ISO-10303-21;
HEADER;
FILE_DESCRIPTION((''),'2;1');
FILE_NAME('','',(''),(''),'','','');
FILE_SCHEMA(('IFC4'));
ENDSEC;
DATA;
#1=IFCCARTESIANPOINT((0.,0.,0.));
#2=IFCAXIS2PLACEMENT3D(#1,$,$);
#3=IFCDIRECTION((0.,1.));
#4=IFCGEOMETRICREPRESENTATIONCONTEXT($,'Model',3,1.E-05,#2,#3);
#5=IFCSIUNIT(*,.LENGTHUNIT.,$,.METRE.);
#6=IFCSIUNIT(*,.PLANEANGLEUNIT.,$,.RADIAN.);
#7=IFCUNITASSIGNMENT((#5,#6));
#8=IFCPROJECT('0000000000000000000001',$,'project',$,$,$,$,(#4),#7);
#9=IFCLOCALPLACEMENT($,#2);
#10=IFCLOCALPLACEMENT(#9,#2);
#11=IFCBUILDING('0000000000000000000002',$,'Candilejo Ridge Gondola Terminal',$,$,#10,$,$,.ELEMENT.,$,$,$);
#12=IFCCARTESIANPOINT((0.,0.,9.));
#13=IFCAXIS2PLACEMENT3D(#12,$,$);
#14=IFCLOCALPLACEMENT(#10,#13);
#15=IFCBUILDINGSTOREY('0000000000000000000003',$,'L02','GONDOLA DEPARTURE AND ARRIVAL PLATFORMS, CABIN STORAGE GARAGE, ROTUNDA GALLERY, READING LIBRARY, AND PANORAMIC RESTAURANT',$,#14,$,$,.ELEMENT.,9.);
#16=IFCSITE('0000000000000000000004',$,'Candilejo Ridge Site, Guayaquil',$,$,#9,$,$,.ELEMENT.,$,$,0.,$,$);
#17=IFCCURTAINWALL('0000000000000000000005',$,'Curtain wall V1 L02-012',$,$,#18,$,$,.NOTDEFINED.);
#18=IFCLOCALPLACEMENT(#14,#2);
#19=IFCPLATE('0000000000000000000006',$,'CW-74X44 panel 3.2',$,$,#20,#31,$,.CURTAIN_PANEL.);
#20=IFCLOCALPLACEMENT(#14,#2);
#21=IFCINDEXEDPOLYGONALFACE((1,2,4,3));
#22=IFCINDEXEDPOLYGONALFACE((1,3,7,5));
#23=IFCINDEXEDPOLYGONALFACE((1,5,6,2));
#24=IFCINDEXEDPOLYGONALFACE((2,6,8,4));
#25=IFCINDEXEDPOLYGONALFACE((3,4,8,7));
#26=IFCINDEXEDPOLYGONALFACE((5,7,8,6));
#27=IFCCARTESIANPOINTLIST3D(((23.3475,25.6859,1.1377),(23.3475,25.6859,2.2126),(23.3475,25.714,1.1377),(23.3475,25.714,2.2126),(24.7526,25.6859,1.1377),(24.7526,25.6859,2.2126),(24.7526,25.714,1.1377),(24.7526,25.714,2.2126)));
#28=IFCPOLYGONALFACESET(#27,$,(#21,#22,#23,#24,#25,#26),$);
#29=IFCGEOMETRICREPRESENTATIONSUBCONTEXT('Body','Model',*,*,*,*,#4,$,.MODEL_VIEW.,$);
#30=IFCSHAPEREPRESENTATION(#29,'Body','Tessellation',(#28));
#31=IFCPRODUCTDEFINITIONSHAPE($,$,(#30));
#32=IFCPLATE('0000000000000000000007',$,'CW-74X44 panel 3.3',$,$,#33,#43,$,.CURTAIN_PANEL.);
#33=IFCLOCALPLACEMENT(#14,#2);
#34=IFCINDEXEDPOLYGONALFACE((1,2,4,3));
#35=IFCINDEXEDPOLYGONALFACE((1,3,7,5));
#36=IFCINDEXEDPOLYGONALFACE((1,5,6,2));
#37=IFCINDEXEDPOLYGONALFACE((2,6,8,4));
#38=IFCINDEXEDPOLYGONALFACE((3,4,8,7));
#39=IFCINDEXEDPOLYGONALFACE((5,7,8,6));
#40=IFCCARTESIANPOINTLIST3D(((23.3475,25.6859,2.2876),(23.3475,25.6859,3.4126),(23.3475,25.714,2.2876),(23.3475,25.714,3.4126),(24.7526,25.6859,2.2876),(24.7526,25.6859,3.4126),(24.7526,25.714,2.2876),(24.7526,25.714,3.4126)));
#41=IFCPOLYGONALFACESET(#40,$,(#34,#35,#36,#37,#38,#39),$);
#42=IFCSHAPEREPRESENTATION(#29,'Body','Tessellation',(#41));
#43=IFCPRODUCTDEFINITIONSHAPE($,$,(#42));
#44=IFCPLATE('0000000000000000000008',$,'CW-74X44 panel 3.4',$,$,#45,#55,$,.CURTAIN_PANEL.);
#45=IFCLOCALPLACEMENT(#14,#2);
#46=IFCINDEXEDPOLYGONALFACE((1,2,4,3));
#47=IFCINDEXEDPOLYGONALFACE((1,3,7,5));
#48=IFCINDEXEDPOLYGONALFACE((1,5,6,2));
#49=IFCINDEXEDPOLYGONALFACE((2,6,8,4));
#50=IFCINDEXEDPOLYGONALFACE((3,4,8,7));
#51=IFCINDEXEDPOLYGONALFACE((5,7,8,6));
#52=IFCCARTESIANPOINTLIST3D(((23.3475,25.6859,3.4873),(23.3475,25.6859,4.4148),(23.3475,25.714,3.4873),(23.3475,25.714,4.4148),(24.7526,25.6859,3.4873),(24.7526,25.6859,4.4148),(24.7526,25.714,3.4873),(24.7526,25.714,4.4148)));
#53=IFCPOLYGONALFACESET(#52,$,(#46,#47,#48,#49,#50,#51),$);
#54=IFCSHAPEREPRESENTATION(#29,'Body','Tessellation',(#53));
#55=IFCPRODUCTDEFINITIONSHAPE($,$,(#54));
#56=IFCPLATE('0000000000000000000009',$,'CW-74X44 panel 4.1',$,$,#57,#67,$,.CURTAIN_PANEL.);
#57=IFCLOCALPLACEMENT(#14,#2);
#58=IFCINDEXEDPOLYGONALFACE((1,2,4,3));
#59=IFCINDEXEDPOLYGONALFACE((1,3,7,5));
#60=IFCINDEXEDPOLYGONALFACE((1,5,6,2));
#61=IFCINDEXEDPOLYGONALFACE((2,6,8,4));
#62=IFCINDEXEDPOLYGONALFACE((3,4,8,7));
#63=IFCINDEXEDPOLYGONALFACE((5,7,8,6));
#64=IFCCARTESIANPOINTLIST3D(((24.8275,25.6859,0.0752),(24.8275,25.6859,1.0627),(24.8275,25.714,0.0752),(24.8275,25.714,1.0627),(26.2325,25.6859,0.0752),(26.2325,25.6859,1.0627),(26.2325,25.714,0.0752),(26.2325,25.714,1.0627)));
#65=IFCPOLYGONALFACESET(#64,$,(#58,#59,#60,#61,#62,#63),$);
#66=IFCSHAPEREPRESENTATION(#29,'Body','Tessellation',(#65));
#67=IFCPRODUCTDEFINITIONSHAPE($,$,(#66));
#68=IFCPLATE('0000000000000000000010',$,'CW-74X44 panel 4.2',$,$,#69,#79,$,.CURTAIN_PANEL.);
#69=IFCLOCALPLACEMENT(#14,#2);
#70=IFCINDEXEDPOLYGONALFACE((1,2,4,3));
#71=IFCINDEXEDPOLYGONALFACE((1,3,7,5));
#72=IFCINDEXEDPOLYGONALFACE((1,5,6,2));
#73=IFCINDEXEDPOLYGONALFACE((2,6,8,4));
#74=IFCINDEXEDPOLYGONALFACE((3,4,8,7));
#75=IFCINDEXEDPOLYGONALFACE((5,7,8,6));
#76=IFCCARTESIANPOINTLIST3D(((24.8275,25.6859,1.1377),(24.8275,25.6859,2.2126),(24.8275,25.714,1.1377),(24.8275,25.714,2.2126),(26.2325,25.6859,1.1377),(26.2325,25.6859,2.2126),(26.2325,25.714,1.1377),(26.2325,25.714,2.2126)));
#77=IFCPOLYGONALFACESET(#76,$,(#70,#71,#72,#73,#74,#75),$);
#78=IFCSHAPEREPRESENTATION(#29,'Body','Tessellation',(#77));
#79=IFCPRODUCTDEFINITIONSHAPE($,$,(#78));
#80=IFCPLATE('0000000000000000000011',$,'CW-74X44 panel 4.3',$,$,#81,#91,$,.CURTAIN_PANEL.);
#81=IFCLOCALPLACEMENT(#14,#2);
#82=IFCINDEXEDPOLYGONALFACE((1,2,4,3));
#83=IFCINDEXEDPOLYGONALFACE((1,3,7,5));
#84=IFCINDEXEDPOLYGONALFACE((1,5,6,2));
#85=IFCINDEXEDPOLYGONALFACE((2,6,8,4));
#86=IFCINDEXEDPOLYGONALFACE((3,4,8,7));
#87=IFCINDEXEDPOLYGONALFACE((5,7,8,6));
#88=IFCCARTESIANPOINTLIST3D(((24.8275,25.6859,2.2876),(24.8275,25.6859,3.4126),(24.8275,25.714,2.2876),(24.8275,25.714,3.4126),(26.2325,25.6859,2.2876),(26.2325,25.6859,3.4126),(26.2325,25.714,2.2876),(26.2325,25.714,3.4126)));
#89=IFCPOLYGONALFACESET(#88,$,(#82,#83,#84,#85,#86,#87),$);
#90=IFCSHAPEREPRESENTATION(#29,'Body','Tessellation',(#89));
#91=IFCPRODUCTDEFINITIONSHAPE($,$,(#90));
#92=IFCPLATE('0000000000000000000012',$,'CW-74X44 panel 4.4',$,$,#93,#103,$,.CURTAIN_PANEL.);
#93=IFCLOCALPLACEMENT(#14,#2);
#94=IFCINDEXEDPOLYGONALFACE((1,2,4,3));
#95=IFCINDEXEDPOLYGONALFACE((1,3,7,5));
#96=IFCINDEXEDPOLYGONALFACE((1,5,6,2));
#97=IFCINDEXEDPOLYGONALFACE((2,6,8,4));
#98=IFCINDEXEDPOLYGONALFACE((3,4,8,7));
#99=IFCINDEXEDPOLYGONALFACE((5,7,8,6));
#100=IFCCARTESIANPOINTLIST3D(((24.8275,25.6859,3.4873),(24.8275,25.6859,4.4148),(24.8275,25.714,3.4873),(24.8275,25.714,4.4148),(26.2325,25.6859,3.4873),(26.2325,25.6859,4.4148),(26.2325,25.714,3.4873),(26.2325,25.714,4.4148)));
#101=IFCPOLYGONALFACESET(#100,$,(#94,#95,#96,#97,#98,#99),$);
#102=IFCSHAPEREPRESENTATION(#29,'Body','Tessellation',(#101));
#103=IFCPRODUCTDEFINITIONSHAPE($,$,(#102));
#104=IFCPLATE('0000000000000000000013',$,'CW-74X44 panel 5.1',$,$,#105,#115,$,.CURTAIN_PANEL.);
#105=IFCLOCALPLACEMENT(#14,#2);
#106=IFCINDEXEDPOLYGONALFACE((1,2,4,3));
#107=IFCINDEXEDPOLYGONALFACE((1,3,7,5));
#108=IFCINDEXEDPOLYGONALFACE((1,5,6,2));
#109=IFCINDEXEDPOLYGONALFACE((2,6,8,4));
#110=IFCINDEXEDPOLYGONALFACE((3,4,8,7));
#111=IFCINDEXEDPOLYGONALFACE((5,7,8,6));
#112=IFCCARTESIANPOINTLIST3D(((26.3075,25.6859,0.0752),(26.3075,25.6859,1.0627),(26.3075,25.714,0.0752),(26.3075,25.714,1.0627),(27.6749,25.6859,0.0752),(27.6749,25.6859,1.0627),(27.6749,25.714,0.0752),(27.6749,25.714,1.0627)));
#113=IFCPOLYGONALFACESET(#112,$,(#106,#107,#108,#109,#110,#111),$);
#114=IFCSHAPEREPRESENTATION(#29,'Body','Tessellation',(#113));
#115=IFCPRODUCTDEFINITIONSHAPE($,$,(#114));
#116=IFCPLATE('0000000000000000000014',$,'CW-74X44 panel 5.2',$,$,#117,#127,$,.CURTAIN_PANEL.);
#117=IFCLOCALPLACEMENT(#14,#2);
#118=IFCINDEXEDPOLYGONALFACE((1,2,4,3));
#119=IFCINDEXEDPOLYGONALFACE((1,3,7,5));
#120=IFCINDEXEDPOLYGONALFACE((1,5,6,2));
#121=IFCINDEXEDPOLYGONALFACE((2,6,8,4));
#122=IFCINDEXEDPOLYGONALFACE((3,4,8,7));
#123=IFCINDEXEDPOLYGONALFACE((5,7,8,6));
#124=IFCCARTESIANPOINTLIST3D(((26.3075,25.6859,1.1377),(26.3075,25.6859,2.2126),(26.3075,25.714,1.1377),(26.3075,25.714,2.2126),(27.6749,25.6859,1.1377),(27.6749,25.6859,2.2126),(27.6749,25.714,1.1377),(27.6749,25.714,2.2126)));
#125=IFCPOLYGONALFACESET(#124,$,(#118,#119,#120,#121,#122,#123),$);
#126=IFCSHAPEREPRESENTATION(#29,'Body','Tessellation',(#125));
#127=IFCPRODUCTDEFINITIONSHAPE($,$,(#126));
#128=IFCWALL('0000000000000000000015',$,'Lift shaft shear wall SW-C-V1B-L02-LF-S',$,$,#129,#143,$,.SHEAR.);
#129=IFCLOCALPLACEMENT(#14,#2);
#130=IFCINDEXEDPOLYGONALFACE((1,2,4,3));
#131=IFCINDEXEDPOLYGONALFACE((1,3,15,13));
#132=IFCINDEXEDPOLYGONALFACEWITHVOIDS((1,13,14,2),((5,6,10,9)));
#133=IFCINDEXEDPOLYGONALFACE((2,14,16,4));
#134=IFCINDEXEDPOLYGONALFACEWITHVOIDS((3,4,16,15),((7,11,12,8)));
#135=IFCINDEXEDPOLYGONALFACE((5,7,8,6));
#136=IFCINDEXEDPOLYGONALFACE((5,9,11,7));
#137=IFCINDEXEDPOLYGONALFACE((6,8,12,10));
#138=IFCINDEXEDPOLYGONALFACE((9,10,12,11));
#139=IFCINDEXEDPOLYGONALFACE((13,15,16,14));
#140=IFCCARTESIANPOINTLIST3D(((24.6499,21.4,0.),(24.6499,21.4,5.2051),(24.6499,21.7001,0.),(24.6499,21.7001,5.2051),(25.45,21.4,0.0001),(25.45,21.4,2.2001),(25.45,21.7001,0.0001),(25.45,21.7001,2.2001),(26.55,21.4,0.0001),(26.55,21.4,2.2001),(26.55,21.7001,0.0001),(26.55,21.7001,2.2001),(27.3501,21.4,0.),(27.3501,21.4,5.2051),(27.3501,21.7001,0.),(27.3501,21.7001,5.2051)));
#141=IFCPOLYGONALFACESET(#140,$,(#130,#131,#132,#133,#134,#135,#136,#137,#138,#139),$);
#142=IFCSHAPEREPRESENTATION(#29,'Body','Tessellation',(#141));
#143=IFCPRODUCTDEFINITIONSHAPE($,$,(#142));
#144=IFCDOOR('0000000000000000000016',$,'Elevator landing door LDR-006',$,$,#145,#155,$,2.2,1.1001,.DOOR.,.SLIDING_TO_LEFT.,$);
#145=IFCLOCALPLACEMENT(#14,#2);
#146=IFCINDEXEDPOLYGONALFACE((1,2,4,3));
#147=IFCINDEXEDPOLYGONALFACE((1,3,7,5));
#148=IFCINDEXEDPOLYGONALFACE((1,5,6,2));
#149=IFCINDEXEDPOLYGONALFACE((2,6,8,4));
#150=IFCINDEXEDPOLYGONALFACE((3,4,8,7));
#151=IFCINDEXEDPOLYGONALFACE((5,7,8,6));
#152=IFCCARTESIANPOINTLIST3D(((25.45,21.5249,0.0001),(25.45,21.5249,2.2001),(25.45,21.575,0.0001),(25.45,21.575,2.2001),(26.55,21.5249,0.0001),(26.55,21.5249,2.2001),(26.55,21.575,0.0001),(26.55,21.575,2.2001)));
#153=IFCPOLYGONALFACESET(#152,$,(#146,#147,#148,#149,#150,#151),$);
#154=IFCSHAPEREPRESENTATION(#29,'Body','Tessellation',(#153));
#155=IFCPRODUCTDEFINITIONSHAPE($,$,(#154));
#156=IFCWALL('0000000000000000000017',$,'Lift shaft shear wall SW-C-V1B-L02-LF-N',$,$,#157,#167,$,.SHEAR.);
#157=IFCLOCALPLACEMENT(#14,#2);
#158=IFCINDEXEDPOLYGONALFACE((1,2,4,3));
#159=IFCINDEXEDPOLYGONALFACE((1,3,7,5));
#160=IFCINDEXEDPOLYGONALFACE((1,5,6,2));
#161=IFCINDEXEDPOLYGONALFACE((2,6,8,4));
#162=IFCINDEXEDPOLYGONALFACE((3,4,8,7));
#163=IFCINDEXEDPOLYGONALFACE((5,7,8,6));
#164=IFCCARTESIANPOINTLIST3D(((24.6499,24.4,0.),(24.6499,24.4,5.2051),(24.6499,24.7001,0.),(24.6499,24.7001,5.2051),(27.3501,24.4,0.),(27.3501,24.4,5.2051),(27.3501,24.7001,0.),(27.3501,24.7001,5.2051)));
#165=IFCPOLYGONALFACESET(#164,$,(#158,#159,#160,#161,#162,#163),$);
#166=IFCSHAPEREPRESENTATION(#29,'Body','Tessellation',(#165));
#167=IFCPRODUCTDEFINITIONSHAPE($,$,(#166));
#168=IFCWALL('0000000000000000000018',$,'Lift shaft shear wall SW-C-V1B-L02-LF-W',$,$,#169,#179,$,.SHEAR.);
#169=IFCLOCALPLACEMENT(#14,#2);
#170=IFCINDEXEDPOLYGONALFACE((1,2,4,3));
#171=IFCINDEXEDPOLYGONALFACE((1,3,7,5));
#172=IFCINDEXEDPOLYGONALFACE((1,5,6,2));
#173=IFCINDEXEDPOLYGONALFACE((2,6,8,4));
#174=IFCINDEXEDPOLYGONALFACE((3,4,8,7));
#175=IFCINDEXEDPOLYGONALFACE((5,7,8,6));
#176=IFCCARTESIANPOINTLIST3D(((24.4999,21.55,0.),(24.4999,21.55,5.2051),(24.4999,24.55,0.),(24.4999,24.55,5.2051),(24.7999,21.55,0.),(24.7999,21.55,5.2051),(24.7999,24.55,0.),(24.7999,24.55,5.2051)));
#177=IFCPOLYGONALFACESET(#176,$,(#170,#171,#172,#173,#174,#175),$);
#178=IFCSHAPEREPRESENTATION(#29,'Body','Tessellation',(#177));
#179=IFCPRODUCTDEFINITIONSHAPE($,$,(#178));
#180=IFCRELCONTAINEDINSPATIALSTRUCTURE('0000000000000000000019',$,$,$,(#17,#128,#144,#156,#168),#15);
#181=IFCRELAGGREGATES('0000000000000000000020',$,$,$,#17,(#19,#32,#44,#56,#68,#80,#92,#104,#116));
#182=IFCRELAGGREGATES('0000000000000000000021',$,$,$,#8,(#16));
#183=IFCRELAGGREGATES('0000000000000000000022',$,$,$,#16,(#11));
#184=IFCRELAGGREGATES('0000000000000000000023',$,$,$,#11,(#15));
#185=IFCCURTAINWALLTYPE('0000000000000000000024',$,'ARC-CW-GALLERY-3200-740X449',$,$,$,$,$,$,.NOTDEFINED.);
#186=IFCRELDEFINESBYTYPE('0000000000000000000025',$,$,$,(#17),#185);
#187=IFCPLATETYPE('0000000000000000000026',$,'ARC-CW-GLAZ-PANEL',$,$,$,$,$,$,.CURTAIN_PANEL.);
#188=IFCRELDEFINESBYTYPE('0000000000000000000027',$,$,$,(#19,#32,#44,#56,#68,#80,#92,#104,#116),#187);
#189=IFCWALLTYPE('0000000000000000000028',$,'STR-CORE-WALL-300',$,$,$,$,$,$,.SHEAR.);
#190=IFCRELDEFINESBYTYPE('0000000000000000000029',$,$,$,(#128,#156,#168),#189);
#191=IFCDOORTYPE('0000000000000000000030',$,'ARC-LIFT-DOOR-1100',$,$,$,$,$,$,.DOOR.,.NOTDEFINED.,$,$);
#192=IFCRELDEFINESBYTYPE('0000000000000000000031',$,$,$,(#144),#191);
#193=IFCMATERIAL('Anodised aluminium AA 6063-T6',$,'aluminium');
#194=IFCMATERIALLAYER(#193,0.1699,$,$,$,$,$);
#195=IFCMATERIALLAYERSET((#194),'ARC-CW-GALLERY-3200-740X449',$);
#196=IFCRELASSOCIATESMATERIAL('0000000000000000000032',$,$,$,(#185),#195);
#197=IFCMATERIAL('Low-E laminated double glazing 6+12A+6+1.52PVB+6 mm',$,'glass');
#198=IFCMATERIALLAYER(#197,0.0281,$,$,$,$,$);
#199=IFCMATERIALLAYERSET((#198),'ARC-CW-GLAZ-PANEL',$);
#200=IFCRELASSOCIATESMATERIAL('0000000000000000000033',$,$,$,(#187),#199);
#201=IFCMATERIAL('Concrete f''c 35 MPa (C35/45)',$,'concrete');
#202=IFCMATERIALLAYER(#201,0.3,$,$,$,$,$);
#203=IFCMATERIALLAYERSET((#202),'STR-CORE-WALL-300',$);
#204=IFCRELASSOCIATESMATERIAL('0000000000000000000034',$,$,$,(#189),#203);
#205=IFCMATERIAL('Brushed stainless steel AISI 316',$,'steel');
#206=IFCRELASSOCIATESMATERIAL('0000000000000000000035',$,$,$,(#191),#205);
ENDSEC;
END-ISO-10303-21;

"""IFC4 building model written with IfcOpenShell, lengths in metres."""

from ifc_helpers import new_model, si_unit, direction, frame, frame_2d, origin, origin_2d, place, context, subcontext, project, spatial, rectangle, extrude, material, layer, layer_set, type_object, element, fill, aggregate, save


model = new_model("IFC4")

# Units and contexts
model_context = context("Model", 3, precision=1e-05, world=origin(), true_north=direction((0.0, 1.0)))
body_context = subcontext(model_context, "Body", "Model", "MODEL_VIEW")
ifc_project = project(units=[si_unit("LENGTHUNIT", "METRE"), si_unit("PLANEANGLEUNIT", "RADIAN")], contexts=[model_context])

# Site, building, storey
site_placement = place(None, origin())
site = spatial("IfcSite", under=ifc_project, at=site_placement, Name="Candilejo Ridge Site, Guayaquil", CompositionType="ELEMENT", RefElevation=0.0)
building_placement = place(site_placement, origin())
building = spatial("IfcBuilding", under=site, at=building_placement, Name="Candilejo Ridge Gondola Terminal", CompositionType="ELEMENT")
storey_placement = place(building_placement, frame((0.0, 0.0, 9.0)))
storey = spatial("IfcBuildingStorey", under=building, at=storey_placement, Name="L02", Description="GONDOLA DEPARTURE AND ARRIVAL PLATFORMS, CABIN STORAGE GARAGE, ROTUNDA GALLERY, READING LIBRARY, AND PANORAMIC RESTAURANT", CompositionType="ELEMENT", Elevation=9.0)

# Curtain wall, plates
ifc_material_1 = material(Name="Anodised aluminium AA 6063-T6", Category="aluminium")
ifc_layer_1 = layer(ifc_material_1, 0.1699)
ifc_layer_set_1 = layer_set([ifc_layer_1], Name="ARC-CW-GALLERY-3200-740X449")
curtain_wall_type = type_object("IfcCurtainWallType", Name="ARC-CW-GALLERY-3200-740X449", PredefinedType="NOTDEFINED", material=ifc_layer_set_1)
curtain_wall_placement = place(storey_placement, origin())
curtain_wall = element("IfcCurtainWall", 1, at=curtain_wall_placement, inside=storey, type_object=curtain_wall_type, Name="Curtain wall V1 L02-012", PredefinedType="NOTDEFINED")
ifc_material_2 = material(Name="Low-E laminated double glazing 6+12A+6+1.52PVB+6 mm", Category="glass")
ifc_layer_2 = layer(ifc_material_2, 0.0281)
ifc_layer_set_2 = layer_set([ifc_layer_2], Name="ARC-CW-GLAZ-PANEL")
plate_type = type_object("IfcPlateType", Name="ARC-CW-GLAZ-PANEL", PredefinedType="CURTAIN_PANEL", material=ifc_layer_set_2)
plate_1_placement = place(storey_placement, frame((24.05, 25.7, 1.1377), z_axis=(0.0, 0.0, 1.0), x_axis=(1.0, 0.0, 0.0)))
plate_1 = element("IfcPlate", 2, at=plate_1_placement, type_object=plate_type, Name="CW-74X44 panel 3.2", PredefinedType="CURTAIN_PANEL", context=body_context, shape_type="SweptSolid", body=[
    extrude(rectangle(XDim=1.405, YDim=0.0281, at=origin_2d()), origin(), (0.0, 0.0, 1.0), 1.075),
])
plate_2_placement = place(storey_placement, frame((24.05, 25.7, 2.2876), z_axis=(0.0, 0.0, 1.0), x_axis=(1.0, 0.0, 0.0)))
plate_2 = element("IfcPlate", 3, at=plate_2_placement, type_object=plate_type, Name="CW-74X44 panel 3.3", PredefinedType="CURTAIN_PANEL", context=body_context, shape_type="SweptSolid", body=[
    extrude(rectangle(XDim=1.405, YDim=0.0281, at=origin_2d()), origin(), (0.0, 0.0, 1.0), 1.125),
])
plate_3_placement = place(storey_placement, frame((24.05, 25.7, 3.4873), z_axis=(0.0, 0.0, 1.0), x_axis=(1.0, 0.0, 0.0)))
plate_3 = element("IfcPlate", 4, at=plate_3_placement, type_object=plate_type, Name="CW-74X44 panel 3.4", PredefinedType="CURTAIN_PANEL", context=body_context, shape_type="SweptSolid", body=[
    extrude(rectangle(XDim=1.405, YDim=0.0281, at=origin_2d()), origin(), (0.0, 0.0, 1.0), 0.9275),
])
plate_4_placement = place(storey_placement, frame((25.53, 25.7, 0.0752), z_axis=(0.0, 0.0, 1.0), x_axis=(1.0, 0.0, 0.0)))
plate_4 = element("IfcPlate", 5, at=plate_4_placement, type_object=plate_type, Name="CW-74X44 panel 4.1", PredefinedType="CURTAIN_PANEL", context=body_context, shape_type="SweptSolid", body=[
    extrude(rectangle(XDim=1.405, YDim=0.0281, at=origin_2d()), origin(), (0.0, 0.0, 1.0), 0.9875),
])
plate_5_placement = place(storey_placement, frame((25.53, 25.7, 1.1377), z_axis=(0.0, 0.0, 1.0), x_axis=(1.0, 0.0, 0.0)))
plate_5 = element("IfcPlate", 6, at=plate_5_placement, type_object=plate_type, Name="CW-74X44 panel 4.2", PredefinedType="CURTAIN_PANEL", context=body_context, shape_type="SweptSolid", body=[
    extrude(rectangle(XDim=1.405, YDim=0.0281, at=origin_2d()), origin(), (0.0, 0.0, 1.0), 1.075),
])
plate_6_placement = place(storey_placement, frame((25.53, 25.7, 2.2876), z_axis=(0.0, 0.0, 1.0), x_axis=(1.0, 0.0, 0.0)))
plate_6 = element("IfcPlate", 7, at=plate_6_placement, type_object=plate_type, Name="CW-74X44 panel 4.3", PredefinedType="CURTAIN_PANEL", context=body_context, shape_type="SweptSolid", body=[
    extrude(rectangle(XDim=1.405, YDim=0.0281, at=origin_2d()), origin(), (0.0, 0.0, 1.0), 1.125),
])
plate_7_placement = place(storey_placement, frame((25.53, 25.7, 3.4873), z_axis=(0.0, 0.0, 1.0), x_axis=(1.0, 0.0, 0.0)))
plate_7 = element("IfcPlate", 8, at=plate_7_placement, type_object=plate_type, Name="CW-74X44 panel 4.4", PredefinedType="CURTAIN_PANEL", context=body_context, shape_type="SweptSolid", body=[
    extrude(rectangle(XDim=1.405, YDim=0.0281, at=origin_2d()), origin(), (0.0, 0.0, 1.0), 0.9275),
])
plate_8_placement = place(storey_placement, frame((26.9912, 25.7, 0.0752), z_axis=(0.0, 0.0, 1.0), x_axis=(1.0, 0.0, 0.0)))
plate_8 = element("IfcPlate", 9, at=plate_8_placement, type_object=plate_type, Name="CW-74X44 panel 5.1", PredefinedType="CURTAIN_PANEL", context=body_context, shape_type="SweptSolid", body=[
    extrude(rectangle(XDim=1.3674, YDim=0.0281, at=origin_2d()), origin(), (0.0, 0.0, 1.0), 0.9875),
])
plate_9_placement = place(storey_placement, frame((26.9912, 25.7, 1.1377), z_axis=(0.0, 0.0, 1.0), x_axis=(1.0, 0.0, 0.0)))
plate_9 = element("IfcPlate", 10, at=plate_9_placement, type_object=plate_type, Name="CW-74X44 panel 5.2", PredefinedType="CURTAIN_PANEL", context=body_context, shape_type="SweptSolid", body=[
    extrude(rectangle(XDim=1.3674, YDim=0.0281, at=origin_2d()), origin(), (0.0, 0.0, 1.0), 1.075),
])
aggregate(curtain_wall, [plate_1, plate_2, plate_3, plate_4, plate_5, plate_6, plate_7, plate_8, plate_9])

# Wall, opening, door
ifc_material_3 = material(Name="Concrete f'c 35 MPa (C35/45)", Category="concrete")
ifc_layer_3 = layer(ifc_material_3, 0.3)
ifc_layer_set_3 = layer_set([ifc_layer_3], Name="STR-CORE-WALL-300")
wall_type = type_object("IfcWallType", Name="STR-CORE-WALL-300", PredefinedType="SHEAR", material=ifc_layer_set_3)
wall_1_placement = place(storey_placement, frame((24.6499, 21.55, 0.0), z_axis=(0.0, 0.0, 1.0), x_axis=(1.0, 0.0, 0.0)))
wall_1 = element("IfcWall", 11, at=wall_1_placement, inside=storey, type_object=wall_type, Name="Lift shaft shear wall SW-C-V1B-L02-LF-S", PredefinedType="SHEAR", context=body_context, shape_type="SweptSolid", body=[
    extrude(rectangle(XDim=2.7002, YDim=0.3, at=frame_2d((1.3501, 0.0))), origin(), (0.0, 0.0, 1.0), 5.2051),
])
opening_placement = place(wall_1_placement, frame((0.8, 0.0, 0.0)))
opening = element("IfcOpeningElement", 12, at=opening_placement, cuts=wall_1, PredefinedType="OPENING", context=body_context, shape_type="SweptSolid", body=[
    extrude(rectangle(XDim=1.1001, YDim=2.2, at=frame_2d((0.55, 1.1001))), frame((0.0, 0.1599, 0.0), z_axis=(0.0, -1.0, 0.0), x_axis=(1.0, 0.0, 0.0)), (0.0, 0.0, 1.0), 0.3201),
])
ifc_material_4 = material(Name="Brushed stainless steel AISI 316", Category="steel")
door_type = type_object("IfcDoorType", Name="ARC-LIFT-DOOR-1100", OperationType="NOTDEFINED", PredefinedType="DOOR", material=ifc_material_4)
door_placement = place(opening_placement, origin())
door = element("IfcDoor", 13, at=door_placement, inside=storey, type_object=door_type, Name="Elevator landing door LDR-006", OperationType="SLIDING_TO_LEFT", OverallHeight=2.2, OverallWidth=1.1001, PredefinedType="DOOR", context=body_context, shape_type="SweptSolid", body=[
    extrude(rectangle(XDim=1.1001, YDim=2.2, at=frame_2d((0.55, 1.1001))), frame((0.0, 0.0249, 0.0), z_axis=(0.0, -1.0, 0.0), x_axis=(1.0, 0.0, 0.0)), (0.0, 0.0, 1.0), 0.05),
])
fill(opening, door)

# Walls
wall_2_placement = place(storey_placement, frame((24.6499, 24.55, 0.0), z_axis=(0.0, 0.0, 1.0), x_axis=(1.0, 0.0, 0.0)))
element("IfcWall", 14, at=wall_2_placement, inside=storey, type_object=wall_type, Name="Lift shaft shear wall SW-C-V1B-L02-LF-N", PredefinedType="SHEAR", context=body_context, shape_type="SweptSolid", body=[
    extrude(rectangle(XDim=2.7002, YDim=0.3, at=frame_2d((1.3501, 0.0))), origin(), (0.0, 0.0, 1.0), 5.2051),
])
wall_3_placement = place(storey_placement, frame((24.6499, 21.55, 0.0), z_axis=(0.0, 0.0, 1.0), x_axis=(0.0, 1.0, 0.0)))
element("IfcWall", 15, at=wall_3_placement, inside=storey, type_object=wall_type, Name="Lift shaft shear wall SW-C-V1B-L02-LF-W", PredefinedType="SHEAR", context=body_context, shape_type="SweptSolid", body=[
    extrude(rectangle(XDim=3.0, YDim=0.3, at=frame_2d((1.5, 0.0))), origin(), (0.0, 0.0, 1.0), 5.2051),
])

save(model, "model.ifc")
